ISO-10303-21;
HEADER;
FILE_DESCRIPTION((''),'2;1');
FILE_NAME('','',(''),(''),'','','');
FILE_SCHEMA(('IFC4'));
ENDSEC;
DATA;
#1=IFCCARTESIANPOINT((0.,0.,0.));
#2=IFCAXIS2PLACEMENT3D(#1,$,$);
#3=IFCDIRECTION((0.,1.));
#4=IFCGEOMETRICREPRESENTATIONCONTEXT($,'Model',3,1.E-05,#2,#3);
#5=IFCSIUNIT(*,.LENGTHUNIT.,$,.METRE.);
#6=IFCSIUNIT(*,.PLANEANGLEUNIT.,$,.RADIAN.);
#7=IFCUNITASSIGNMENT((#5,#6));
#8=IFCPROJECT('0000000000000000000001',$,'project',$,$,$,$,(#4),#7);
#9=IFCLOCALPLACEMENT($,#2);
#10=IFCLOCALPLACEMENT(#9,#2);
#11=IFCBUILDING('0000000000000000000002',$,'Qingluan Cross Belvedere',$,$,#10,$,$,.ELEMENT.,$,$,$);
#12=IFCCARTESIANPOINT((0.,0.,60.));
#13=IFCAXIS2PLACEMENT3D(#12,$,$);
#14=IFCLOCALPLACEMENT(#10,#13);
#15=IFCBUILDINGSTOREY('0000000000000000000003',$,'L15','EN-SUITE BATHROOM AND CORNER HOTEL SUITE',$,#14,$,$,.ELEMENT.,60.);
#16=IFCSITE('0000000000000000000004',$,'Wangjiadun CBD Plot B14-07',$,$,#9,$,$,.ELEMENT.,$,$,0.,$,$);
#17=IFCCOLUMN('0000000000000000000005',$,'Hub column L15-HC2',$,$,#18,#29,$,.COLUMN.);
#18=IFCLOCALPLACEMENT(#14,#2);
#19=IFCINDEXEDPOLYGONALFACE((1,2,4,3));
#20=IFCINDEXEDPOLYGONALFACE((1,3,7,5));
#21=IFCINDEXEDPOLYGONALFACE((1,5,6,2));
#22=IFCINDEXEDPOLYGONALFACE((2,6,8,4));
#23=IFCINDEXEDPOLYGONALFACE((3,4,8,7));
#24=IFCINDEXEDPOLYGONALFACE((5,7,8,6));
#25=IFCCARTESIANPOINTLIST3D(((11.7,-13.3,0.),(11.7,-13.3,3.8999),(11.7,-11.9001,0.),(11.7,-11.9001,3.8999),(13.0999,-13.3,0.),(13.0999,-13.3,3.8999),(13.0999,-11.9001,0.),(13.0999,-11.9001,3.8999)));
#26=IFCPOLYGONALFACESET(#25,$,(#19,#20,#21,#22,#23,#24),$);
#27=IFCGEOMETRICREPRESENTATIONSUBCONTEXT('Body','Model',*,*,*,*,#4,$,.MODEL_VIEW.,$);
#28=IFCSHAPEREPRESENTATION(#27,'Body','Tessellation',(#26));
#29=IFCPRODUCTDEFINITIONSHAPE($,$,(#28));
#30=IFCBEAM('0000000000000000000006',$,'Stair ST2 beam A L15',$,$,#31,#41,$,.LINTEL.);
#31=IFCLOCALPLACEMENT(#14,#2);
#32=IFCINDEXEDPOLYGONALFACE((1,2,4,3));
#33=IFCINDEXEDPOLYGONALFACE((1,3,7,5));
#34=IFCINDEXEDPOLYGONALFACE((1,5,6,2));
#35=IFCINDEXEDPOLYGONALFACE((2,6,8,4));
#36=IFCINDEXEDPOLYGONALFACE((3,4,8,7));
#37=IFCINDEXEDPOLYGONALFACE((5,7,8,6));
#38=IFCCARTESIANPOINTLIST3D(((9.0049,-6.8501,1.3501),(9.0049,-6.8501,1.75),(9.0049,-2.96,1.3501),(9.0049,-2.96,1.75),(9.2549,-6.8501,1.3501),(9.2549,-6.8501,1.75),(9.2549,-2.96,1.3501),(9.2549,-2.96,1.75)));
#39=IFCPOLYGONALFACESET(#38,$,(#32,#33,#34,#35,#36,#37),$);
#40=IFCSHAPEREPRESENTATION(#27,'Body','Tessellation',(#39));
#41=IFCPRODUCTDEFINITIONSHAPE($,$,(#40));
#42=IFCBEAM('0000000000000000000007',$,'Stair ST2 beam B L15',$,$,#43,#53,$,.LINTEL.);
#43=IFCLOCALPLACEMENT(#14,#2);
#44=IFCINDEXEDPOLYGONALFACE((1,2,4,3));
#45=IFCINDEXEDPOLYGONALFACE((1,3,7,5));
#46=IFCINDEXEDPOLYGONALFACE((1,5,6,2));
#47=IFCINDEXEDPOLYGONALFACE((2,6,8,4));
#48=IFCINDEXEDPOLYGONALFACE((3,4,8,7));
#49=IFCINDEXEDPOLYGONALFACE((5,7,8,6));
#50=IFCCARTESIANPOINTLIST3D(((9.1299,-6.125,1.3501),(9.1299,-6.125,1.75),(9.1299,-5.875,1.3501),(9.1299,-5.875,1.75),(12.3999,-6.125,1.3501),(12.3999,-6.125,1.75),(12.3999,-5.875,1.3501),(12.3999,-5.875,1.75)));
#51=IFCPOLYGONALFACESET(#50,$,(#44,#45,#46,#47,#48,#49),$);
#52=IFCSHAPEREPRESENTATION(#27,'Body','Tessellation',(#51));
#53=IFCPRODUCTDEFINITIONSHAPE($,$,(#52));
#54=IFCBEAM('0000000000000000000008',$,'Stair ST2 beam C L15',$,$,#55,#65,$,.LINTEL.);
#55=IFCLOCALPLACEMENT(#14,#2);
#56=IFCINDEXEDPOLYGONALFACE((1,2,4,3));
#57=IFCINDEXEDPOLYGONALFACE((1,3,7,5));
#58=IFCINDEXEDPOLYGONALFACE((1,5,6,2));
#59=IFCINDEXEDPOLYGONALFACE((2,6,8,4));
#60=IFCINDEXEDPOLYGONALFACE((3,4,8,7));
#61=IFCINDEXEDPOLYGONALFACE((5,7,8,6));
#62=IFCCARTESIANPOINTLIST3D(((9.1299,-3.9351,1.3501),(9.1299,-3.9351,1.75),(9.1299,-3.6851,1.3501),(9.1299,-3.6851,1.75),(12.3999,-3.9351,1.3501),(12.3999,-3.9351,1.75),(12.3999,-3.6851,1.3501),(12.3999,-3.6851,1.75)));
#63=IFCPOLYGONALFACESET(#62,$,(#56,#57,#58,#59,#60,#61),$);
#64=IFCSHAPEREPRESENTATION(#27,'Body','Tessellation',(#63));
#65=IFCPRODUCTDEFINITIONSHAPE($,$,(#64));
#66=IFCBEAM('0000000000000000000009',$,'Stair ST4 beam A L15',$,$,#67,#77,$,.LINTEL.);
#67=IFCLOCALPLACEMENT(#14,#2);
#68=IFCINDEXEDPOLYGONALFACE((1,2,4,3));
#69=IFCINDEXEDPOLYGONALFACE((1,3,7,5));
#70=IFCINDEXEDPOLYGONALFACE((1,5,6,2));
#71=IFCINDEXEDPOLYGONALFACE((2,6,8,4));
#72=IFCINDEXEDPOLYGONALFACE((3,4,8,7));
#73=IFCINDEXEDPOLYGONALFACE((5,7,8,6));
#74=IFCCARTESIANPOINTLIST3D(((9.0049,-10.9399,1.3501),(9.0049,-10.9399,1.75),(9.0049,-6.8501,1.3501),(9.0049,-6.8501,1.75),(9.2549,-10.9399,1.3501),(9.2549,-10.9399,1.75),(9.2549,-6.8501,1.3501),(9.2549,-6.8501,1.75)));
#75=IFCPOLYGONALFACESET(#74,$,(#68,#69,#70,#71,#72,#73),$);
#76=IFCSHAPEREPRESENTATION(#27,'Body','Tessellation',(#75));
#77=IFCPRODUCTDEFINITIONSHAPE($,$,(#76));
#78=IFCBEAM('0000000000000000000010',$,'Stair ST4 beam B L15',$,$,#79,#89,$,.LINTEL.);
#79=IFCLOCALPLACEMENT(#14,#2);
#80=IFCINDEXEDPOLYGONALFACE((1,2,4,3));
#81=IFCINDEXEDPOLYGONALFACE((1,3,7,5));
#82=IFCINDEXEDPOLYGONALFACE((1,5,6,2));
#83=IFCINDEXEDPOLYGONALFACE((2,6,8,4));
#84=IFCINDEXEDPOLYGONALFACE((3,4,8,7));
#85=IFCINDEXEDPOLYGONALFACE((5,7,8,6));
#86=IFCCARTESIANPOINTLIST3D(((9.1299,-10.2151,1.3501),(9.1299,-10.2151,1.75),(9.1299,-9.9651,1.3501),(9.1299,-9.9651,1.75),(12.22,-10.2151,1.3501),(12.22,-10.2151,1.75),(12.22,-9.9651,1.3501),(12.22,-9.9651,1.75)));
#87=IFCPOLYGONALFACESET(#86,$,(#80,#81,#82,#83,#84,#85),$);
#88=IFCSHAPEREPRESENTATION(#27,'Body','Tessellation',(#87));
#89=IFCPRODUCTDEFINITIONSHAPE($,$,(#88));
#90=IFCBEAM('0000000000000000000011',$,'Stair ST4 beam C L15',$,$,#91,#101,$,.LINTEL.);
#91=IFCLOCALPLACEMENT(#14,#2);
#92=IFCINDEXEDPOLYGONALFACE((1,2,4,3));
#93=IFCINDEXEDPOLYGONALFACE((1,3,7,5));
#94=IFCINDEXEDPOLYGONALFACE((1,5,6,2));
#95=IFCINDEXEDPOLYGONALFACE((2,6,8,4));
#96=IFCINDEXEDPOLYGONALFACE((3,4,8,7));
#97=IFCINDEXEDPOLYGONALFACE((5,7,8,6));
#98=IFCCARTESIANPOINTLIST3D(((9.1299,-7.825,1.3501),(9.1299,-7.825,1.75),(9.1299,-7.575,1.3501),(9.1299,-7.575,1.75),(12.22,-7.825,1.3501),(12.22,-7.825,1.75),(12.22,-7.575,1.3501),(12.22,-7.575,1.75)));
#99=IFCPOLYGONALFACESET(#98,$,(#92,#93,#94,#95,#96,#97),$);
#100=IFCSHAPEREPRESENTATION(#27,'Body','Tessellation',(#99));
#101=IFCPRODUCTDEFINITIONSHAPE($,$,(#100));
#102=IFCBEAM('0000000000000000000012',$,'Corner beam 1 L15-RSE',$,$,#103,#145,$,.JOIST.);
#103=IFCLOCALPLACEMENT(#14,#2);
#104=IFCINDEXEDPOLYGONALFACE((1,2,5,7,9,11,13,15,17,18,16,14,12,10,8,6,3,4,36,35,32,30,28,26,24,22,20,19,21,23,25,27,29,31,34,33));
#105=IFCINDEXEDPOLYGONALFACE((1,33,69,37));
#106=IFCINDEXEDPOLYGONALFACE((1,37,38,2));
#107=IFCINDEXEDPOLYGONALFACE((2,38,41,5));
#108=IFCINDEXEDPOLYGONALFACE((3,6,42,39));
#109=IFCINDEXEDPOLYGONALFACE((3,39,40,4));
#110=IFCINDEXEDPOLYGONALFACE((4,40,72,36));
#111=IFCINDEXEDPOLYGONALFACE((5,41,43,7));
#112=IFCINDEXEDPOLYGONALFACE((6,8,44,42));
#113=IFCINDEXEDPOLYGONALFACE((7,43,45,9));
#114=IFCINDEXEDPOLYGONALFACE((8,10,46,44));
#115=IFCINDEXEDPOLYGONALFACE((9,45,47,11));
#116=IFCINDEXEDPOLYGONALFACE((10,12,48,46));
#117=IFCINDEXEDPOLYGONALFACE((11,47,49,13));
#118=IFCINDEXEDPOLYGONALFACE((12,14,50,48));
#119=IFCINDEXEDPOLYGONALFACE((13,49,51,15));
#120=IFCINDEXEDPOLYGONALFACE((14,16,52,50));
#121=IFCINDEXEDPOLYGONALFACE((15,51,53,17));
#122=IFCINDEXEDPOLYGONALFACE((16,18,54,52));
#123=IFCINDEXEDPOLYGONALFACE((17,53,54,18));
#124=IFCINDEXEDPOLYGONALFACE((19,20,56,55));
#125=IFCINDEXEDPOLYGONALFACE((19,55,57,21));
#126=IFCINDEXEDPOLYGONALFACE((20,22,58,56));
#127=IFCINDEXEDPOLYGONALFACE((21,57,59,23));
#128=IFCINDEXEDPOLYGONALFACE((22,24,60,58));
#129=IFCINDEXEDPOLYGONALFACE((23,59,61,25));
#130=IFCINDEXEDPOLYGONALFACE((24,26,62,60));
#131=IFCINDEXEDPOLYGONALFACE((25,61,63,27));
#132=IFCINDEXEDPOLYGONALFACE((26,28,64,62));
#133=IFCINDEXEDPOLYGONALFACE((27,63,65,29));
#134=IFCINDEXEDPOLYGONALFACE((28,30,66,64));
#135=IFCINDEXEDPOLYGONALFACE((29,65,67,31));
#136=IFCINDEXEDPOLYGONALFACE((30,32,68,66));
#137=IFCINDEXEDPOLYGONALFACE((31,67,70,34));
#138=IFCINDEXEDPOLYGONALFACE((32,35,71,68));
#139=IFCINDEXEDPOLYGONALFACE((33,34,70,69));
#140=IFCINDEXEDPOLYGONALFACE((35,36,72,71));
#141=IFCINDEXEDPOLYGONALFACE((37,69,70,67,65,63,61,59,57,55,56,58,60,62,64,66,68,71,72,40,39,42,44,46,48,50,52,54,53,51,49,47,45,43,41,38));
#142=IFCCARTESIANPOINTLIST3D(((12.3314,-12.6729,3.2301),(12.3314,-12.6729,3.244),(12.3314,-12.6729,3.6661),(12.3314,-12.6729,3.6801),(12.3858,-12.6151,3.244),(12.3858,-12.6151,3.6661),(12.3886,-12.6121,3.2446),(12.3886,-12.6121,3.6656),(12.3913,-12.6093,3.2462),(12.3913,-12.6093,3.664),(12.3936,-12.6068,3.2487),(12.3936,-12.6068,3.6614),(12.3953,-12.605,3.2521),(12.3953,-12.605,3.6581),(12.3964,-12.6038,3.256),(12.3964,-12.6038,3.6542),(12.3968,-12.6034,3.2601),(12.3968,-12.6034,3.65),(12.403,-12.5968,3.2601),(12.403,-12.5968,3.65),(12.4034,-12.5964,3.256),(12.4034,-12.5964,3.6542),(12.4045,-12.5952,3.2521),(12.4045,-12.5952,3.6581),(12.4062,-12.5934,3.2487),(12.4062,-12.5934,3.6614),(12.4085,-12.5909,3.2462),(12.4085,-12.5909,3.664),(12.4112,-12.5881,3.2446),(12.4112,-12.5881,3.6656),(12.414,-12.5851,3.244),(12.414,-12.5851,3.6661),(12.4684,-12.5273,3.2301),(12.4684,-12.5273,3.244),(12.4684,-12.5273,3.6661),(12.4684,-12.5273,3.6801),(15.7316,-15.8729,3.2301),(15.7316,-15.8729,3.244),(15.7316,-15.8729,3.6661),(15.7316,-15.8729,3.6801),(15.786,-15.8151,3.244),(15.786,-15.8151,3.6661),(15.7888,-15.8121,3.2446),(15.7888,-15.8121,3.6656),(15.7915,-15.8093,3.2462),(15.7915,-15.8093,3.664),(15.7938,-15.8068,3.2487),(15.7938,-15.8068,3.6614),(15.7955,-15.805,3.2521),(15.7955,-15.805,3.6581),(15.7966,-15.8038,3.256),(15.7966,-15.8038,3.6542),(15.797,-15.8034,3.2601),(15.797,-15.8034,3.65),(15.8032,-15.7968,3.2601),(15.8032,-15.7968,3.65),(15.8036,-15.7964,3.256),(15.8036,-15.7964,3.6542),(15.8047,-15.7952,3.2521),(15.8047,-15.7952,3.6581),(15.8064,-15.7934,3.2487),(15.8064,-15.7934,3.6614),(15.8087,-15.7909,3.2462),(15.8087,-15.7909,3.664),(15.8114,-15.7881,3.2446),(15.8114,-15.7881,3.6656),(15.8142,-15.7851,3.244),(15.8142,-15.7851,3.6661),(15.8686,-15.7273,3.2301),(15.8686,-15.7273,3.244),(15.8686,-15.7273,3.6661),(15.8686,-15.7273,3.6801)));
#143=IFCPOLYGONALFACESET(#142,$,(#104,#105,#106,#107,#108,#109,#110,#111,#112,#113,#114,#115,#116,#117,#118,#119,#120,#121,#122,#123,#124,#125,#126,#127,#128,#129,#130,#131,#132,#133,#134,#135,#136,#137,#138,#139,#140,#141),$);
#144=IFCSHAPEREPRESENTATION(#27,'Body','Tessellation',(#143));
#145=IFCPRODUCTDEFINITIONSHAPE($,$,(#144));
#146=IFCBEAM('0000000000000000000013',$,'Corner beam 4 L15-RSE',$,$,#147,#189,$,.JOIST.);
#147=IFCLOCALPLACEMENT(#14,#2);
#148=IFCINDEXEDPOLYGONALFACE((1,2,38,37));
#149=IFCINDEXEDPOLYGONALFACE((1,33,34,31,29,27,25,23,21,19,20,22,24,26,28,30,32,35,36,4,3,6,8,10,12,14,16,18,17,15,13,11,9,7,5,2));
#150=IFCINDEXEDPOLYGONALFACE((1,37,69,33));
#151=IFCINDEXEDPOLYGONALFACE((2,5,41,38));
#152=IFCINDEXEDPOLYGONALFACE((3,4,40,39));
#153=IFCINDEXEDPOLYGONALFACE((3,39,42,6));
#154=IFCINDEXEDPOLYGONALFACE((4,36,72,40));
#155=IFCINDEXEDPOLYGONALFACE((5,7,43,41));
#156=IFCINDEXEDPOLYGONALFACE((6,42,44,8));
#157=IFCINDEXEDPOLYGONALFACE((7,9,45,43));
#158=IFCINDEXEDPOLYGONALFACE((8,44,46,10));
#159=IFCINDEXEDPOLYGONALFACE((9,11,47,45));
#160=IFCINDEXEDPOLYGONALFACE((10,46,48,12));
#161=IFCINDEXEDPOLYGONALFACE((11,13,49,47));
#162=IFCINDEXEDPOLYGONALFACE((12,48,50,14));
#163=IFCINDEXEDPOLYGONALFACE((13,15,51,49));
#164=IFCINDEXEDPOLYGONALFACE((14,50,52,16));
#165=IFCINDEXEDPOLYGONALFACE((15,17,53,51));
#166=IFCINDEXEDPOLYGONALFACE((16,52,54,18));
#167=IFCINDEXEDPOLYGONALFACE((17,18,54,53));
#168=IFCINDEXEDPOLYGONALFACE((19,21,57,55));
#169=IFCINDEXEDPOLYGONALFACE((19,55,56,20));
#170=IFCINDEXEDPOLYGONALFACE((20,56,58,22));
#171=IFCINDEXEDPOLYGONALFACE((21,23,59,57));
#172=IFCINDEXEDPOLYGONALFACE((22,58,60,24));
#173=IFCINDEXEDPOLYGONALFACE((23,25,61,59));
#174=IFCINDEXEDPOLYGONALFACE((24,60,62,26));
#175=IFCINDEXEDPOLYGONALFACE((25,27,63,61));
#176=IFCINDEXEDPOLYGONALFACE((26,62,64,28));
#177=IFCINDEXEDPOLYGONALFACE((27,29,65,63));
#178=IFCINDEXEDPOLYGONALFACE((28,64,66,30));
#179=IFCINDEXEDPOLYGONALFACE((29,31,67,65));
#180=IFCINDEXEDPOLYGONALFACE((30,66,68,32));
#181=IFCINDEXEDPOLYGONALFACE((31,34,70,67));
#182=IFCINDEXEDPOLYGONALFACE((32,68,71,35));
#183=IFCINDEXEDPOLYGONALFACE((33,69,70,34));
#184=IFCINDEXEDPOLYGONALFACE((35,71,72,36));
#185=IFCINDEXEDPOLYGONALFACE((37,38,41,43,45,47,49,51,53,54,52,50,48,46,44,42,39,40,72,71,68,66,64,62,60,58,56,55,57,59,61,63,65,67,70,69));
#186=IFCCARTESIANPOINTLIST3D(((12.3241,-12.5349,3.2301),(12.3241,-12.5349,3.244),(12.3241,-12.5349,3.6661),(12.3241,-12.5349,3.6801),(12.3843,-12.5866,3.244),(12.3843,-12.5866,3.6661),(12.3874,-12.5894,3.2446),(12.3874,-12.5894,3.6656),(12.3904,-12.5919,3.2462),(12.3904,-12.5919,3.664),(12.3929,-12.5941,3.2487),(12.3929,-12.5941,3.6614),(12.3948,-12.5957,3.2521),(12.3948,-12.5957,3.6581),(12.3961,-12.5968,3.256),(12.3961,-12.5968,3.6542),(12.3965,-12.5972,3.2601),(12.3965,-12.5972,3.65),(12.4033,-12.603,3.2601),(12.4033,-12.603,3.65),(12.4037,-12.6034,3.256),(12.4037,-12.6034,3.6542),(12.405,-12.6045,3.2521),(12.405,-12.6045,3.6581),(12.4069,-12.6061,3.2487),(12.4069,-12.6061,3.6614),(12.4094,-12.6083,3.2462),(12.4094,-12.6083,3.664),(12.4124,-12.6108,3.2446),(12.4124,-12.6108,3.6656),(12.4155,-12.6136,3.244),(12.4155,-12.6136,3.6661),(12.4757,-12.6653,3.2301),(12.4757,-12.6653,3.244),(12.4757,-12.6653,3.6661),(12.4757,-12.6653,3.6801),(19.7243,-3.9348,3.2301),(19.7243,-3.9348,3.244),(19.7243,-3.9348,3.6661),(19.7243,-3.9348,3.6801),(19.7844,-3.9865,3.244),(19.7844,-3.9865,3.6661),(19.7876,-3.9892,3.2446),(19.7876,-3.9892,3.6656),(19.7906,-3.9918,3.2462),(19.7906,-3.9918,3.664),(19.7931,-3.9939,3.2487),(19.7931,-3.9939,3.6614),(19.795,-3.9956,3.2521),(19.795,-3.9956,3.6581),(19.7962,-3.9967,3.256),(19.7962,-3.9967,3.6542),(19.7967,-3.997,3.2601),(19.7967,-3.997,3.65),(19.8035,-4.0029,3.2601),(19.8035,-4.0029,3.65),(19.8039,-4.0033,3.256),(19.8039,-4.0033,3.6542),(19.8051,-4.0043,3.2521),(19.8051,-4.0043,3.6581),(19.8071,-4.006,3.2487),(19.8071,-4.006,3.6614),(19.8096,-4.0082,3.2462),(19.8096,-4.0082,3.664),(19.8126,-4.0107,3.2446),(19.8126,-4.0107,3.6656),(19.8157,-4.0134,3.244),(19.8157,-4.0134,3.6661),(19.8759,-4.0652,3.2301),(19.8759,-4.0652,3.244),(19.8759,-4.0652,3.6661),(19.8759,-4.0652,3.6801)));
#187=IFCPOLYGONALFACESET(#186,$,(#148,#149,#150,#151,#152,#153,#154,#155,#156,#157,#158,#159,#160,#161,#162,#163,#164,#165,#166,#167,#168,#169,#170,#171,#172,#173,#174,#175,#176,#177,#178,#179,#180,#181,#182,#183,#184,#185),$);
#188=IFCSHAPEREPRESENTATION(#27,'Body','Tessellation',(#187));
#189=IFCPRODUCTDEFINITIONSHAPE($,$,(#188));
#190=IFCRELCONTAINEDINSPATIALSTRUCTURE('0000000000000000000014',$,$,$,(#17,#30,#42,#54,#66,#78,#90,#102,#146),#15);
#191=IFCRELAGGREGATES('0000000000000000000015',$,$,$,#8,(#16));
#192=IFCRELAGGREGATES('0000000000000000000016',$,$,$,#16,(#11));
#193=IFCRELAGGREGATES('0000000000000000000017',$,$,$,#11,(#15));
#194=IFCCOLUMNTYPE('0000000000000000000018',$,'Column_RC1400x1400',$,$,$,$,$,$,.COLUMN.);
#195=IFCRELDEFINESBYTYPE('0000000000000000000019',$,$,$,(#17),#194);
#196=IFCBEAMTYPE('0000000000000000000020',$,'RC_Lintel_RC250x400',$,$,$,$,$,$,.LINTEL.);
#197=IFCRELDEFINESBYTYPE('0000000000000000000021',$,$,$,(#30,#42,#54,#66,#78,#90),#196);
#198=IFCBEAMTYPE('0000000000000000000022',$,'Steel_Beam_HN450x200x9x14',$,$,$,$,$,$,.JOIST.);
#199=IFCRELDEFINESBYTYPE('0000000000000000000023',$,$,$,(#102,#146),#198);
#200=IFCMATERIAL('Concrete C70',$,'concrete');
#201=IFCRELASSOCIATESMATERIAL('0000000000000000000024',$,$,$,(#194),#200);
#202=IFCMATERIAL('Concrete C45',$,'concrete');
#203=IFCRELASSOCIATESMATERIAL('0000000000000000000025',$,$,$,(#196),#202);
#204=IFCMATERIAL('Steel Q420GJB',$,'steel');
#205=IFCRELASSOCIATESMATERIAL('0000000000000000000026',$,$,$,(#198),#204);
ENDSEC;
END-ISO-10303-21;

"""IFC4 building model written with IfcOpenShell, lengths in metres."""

from ifc_helpers import new_model, si_unit, direction, frame, origin, origin_2d, place, context, subcontext, project, spatial, rectangle, i_section, extrude, material, material_profile, profile_set, type_object, element, save


model = new_model("IFC4")

# Units and contexts
model_context = context("Model", 3, precision=1e-05, world=origin(), true_north=direction((0.0, 1.0)))
body_context = subcontext(model_context, "Body", "Model", "MODEL_VIEW")
ifc_project = project(units=[si_unit("LENGTHUNIT", "METRE"), si_unit("PLANEANGLEUNIT", "RADIAN")], contexts=[model_context])

# Site, building, storey
site_placement = place(None, origin())
site = spatial("IfcSite", under=ifc_project, at=site_placement, Name="Wangjiadun CBD Plot B14-07", CompositionType="ELEMENT", RefElevation=0.0)
building_placement = place(site_placement, origin())
building = spatial("IfcBuilding", under=site, at=building_placement, Name="Qingluan Cross Belvedere", CompositionType="ELEMENT")
storey_placement = place(building_placement, frame((0.0, 0.0, 60.0)))
storey = spatial("IfcBuildingStorey", under=building, at=storey_placement, Name="L15", Description="EN-SUITE BATHROOM AND CORNER HOTEL SUITE", CompositionType="ELEMENT", Elevation=60.0)

# Column
ifc_material_1 = material(Name="Concrete C70", Category="concrete")
ifc_material_profile_1 = material_profile(ifc_material_1, rectangle(XDim=1.3999, YDim=1.3999, at=origin_2d()), Name="RC1400x1400")
ifc_profile_set_1 = profile_set([ifc_material_profile_1], Name="Concrete C70")
column_type = type_object("IfcColumnType", Name="Column_RC1400x1400", PredefinedType="COLUMN", material=ifc_profile_set_1)
column_placement = place(storey_placement, frame((12.3999, -12.6001, 0.0), z_axis=(0.0, 0.0, 1.0), x_axis=(1.0, 0.0, 0.0)))
element("IfcColumn", 1, at=column_placement, inside=storey, type_object=column_type, Name="Hub column L15-HC2", PredefinedType="COLUMN", context=body_context, shape_type="SweptSolid", body=[
    extrude(rectangle(XDim=1.3999, YDim=1.3999, at=origin_2d()), origin(), (0.0, 0.0, 1.0), 3.8999),
])

# Beams
ifc_material_2 = material(Name="Concrete C45", Category="concrete")
ifc_material_profile_2 = material_profile(ifc_material_2, rectangle(XDim=0.25, YDim=0.3999, at=origin_2d()), Name="RC250x400")
ifc_profile_set_2 = profile_set([ifc_material_profile_2], Name="Concrete C45")
beam_type_1 = type_object("IfcBeamType", Name="RC_Lintel_RC250x400", PredefinedType="LINTEL", material=ifc_profile_set_2)
beam_1_placement = place(storey_placement, frame((9.1299, -6.8501, 1.55), z_axis=(0.0, 1.0, 0.0), x_axis=(-1.0, 0.0, 0.0)))
element("IfcBeam", 2, at=beam_1_placement, inside=storey, type_object=beam_type_1, Name="Stair ST2 beam A L15", PredefinedType="LINTEL", context=body_context, shape_type="SweptSolid", body=[
    extrude(rectangle(XDim=0.25, YDim=0.3999, at=origin_2d()), origin(), (0.0, 0.0, 1.0), 3.8901),
])
for number, where, z_axis, x_axis, name in (
    (3, (12.3999, -6.0, 1.55), (-1.0, 0.0, 0.0), (0.0, -1.0, 0.0), "Stair ST2 beam B L15"),
    (4, (12.3999, -3.8101, 1.55), (-1.0, 0.0, 0.0), (0.0, -1.0, 0.0), "Stair ST2 beam C L15"),
):
    element("IfcBeam", number, at=place(storey_placement, frame(where, z_axis=z_axis, x_axis=x_axis)), inside=storey, type_object=beam_type_1, Name=name, PredefinedType="LINTEL", context=body_context, shape_type="SweptSolid", body=[
        extrude(rectangle(XDim=0.25, YDim=0.3999, at=origin_2d()), origin(), (0.0, 0.0, 1.0), 3.27),
    ])
beam_2_placement = place(storey_placement, frame((9.1299, -10.9399, 1.55), z_axis=(0.0, 1.0, 0.0), x_axis=(-1.0, 0.0, 0.0)))
element("IfcBeam", 5, at=beam_2_placement, inside=storey, type_object=beam_type_1, Name="Stair ST4 beam A L15", PredefinedType="LINTEL", context=body_context, shape_type="SweptSolid", body=[
    extrude(rectangle(XDim=0.25, YDim=0.3999, at=origin_2d()), origin(), (0.0, 0.0, 1.0), 4.0898),
])
for number, where, z_axis, x_axis, name in (
    (6, (12.22, -10.0901, 1.55), (-1.0, 0.0, 0.0), (0.0, -1.0, 0.0), "Stair ST4 beam B L15"),
    (7, (12.22, -7.7, 1.55), (-1.0, 0.0, 0.0), (0.0, -1.0, 0.0), "Stair ST4 beam C L15"),
):
    element("IfcBeam", number, at=place(storey_placement, frame(where, z_axis=z_axis, x_axis=x_axis)), inside=storey, type_object=beam_type_1, Name=name, PredefinedType="LINTEL", context=body_context, shape_type="SweptSolid", body=[
        extrude(rectangle(XDim=0.25, YDim=0.3999, at=origin_2d()), origin(), (0.0, 0.0, 1.0), 3.0901),
    ])
ifc_material_3 = material(Name="Steel Q420GJB", Category="steel")
ifc_material_profile_3 = material_profile(ifc_material_3, i_section(OverallWidth=0.2, OverallDepth=0.45, WebThickness=0.009, FlangeThickness=0.0139, FilletRadius=0.0161, at=origin_2d()), Name="HN450x200x9x14")
ifc_profile_set_3 = profile_set([ifc_material_profile_3], Name="Steel Q420GJB")
beam_type_2 = type_object("IfcBeamType", Name="Steel_Beam_HN450x200x9x14", PredefinedType="JOIST", material=ifc_profile_set_3)
beam_3_placement = place(storey_placement, frame((12.3999, -12.6001, 3.4551), z_axis=(0.72822, -0.685343, 0.0), x_axis=(0.685343, 0.72822, 0.0)))
element("IfcBeam", 8, at=beam_3_placement, inside=storey, type_object=beam_type_2, Name="Corner beam 1 L15-RSE", PredefinedType="JOIST", context=body_context, shape_type="SweptSolid", body=[
    extrude(i_section(OverallWidth=0.2, OverallDepth=0.45, WebThickness=0.009, FlangeThickness=0.0139, FilletRadius=0.0161, at=origin_2d()), origin(), (0.0, 0.0, 1.0), 4.6692),
])
beam_4_placement = place(storey_placement, frame((12.3999, -12.6001, 3.4551), z_axis=(0.652245, 0.758008, 0.0), x_axis=(-0.758008, 0.652245, 0.0)))
element("IfcBeam", 9, at=beam_4_placement, inside=storey, type_object=beam_type_2, Name="Corner beam 4 L15-RSE", PredefinedType="JOIST", context=body_context, shape_type="SweptSolid", body=[
    extrude(i_section(OverallWidth=0.2, OverallDepth=0.45, WebThickness=0.009, FlangeThickness=0.0139, FilletRadius=0.0161, at=origin_2d()), origin(), (0.0, 0.0, 1.0), 11.3457),
])

save(model, "model.ifc")
